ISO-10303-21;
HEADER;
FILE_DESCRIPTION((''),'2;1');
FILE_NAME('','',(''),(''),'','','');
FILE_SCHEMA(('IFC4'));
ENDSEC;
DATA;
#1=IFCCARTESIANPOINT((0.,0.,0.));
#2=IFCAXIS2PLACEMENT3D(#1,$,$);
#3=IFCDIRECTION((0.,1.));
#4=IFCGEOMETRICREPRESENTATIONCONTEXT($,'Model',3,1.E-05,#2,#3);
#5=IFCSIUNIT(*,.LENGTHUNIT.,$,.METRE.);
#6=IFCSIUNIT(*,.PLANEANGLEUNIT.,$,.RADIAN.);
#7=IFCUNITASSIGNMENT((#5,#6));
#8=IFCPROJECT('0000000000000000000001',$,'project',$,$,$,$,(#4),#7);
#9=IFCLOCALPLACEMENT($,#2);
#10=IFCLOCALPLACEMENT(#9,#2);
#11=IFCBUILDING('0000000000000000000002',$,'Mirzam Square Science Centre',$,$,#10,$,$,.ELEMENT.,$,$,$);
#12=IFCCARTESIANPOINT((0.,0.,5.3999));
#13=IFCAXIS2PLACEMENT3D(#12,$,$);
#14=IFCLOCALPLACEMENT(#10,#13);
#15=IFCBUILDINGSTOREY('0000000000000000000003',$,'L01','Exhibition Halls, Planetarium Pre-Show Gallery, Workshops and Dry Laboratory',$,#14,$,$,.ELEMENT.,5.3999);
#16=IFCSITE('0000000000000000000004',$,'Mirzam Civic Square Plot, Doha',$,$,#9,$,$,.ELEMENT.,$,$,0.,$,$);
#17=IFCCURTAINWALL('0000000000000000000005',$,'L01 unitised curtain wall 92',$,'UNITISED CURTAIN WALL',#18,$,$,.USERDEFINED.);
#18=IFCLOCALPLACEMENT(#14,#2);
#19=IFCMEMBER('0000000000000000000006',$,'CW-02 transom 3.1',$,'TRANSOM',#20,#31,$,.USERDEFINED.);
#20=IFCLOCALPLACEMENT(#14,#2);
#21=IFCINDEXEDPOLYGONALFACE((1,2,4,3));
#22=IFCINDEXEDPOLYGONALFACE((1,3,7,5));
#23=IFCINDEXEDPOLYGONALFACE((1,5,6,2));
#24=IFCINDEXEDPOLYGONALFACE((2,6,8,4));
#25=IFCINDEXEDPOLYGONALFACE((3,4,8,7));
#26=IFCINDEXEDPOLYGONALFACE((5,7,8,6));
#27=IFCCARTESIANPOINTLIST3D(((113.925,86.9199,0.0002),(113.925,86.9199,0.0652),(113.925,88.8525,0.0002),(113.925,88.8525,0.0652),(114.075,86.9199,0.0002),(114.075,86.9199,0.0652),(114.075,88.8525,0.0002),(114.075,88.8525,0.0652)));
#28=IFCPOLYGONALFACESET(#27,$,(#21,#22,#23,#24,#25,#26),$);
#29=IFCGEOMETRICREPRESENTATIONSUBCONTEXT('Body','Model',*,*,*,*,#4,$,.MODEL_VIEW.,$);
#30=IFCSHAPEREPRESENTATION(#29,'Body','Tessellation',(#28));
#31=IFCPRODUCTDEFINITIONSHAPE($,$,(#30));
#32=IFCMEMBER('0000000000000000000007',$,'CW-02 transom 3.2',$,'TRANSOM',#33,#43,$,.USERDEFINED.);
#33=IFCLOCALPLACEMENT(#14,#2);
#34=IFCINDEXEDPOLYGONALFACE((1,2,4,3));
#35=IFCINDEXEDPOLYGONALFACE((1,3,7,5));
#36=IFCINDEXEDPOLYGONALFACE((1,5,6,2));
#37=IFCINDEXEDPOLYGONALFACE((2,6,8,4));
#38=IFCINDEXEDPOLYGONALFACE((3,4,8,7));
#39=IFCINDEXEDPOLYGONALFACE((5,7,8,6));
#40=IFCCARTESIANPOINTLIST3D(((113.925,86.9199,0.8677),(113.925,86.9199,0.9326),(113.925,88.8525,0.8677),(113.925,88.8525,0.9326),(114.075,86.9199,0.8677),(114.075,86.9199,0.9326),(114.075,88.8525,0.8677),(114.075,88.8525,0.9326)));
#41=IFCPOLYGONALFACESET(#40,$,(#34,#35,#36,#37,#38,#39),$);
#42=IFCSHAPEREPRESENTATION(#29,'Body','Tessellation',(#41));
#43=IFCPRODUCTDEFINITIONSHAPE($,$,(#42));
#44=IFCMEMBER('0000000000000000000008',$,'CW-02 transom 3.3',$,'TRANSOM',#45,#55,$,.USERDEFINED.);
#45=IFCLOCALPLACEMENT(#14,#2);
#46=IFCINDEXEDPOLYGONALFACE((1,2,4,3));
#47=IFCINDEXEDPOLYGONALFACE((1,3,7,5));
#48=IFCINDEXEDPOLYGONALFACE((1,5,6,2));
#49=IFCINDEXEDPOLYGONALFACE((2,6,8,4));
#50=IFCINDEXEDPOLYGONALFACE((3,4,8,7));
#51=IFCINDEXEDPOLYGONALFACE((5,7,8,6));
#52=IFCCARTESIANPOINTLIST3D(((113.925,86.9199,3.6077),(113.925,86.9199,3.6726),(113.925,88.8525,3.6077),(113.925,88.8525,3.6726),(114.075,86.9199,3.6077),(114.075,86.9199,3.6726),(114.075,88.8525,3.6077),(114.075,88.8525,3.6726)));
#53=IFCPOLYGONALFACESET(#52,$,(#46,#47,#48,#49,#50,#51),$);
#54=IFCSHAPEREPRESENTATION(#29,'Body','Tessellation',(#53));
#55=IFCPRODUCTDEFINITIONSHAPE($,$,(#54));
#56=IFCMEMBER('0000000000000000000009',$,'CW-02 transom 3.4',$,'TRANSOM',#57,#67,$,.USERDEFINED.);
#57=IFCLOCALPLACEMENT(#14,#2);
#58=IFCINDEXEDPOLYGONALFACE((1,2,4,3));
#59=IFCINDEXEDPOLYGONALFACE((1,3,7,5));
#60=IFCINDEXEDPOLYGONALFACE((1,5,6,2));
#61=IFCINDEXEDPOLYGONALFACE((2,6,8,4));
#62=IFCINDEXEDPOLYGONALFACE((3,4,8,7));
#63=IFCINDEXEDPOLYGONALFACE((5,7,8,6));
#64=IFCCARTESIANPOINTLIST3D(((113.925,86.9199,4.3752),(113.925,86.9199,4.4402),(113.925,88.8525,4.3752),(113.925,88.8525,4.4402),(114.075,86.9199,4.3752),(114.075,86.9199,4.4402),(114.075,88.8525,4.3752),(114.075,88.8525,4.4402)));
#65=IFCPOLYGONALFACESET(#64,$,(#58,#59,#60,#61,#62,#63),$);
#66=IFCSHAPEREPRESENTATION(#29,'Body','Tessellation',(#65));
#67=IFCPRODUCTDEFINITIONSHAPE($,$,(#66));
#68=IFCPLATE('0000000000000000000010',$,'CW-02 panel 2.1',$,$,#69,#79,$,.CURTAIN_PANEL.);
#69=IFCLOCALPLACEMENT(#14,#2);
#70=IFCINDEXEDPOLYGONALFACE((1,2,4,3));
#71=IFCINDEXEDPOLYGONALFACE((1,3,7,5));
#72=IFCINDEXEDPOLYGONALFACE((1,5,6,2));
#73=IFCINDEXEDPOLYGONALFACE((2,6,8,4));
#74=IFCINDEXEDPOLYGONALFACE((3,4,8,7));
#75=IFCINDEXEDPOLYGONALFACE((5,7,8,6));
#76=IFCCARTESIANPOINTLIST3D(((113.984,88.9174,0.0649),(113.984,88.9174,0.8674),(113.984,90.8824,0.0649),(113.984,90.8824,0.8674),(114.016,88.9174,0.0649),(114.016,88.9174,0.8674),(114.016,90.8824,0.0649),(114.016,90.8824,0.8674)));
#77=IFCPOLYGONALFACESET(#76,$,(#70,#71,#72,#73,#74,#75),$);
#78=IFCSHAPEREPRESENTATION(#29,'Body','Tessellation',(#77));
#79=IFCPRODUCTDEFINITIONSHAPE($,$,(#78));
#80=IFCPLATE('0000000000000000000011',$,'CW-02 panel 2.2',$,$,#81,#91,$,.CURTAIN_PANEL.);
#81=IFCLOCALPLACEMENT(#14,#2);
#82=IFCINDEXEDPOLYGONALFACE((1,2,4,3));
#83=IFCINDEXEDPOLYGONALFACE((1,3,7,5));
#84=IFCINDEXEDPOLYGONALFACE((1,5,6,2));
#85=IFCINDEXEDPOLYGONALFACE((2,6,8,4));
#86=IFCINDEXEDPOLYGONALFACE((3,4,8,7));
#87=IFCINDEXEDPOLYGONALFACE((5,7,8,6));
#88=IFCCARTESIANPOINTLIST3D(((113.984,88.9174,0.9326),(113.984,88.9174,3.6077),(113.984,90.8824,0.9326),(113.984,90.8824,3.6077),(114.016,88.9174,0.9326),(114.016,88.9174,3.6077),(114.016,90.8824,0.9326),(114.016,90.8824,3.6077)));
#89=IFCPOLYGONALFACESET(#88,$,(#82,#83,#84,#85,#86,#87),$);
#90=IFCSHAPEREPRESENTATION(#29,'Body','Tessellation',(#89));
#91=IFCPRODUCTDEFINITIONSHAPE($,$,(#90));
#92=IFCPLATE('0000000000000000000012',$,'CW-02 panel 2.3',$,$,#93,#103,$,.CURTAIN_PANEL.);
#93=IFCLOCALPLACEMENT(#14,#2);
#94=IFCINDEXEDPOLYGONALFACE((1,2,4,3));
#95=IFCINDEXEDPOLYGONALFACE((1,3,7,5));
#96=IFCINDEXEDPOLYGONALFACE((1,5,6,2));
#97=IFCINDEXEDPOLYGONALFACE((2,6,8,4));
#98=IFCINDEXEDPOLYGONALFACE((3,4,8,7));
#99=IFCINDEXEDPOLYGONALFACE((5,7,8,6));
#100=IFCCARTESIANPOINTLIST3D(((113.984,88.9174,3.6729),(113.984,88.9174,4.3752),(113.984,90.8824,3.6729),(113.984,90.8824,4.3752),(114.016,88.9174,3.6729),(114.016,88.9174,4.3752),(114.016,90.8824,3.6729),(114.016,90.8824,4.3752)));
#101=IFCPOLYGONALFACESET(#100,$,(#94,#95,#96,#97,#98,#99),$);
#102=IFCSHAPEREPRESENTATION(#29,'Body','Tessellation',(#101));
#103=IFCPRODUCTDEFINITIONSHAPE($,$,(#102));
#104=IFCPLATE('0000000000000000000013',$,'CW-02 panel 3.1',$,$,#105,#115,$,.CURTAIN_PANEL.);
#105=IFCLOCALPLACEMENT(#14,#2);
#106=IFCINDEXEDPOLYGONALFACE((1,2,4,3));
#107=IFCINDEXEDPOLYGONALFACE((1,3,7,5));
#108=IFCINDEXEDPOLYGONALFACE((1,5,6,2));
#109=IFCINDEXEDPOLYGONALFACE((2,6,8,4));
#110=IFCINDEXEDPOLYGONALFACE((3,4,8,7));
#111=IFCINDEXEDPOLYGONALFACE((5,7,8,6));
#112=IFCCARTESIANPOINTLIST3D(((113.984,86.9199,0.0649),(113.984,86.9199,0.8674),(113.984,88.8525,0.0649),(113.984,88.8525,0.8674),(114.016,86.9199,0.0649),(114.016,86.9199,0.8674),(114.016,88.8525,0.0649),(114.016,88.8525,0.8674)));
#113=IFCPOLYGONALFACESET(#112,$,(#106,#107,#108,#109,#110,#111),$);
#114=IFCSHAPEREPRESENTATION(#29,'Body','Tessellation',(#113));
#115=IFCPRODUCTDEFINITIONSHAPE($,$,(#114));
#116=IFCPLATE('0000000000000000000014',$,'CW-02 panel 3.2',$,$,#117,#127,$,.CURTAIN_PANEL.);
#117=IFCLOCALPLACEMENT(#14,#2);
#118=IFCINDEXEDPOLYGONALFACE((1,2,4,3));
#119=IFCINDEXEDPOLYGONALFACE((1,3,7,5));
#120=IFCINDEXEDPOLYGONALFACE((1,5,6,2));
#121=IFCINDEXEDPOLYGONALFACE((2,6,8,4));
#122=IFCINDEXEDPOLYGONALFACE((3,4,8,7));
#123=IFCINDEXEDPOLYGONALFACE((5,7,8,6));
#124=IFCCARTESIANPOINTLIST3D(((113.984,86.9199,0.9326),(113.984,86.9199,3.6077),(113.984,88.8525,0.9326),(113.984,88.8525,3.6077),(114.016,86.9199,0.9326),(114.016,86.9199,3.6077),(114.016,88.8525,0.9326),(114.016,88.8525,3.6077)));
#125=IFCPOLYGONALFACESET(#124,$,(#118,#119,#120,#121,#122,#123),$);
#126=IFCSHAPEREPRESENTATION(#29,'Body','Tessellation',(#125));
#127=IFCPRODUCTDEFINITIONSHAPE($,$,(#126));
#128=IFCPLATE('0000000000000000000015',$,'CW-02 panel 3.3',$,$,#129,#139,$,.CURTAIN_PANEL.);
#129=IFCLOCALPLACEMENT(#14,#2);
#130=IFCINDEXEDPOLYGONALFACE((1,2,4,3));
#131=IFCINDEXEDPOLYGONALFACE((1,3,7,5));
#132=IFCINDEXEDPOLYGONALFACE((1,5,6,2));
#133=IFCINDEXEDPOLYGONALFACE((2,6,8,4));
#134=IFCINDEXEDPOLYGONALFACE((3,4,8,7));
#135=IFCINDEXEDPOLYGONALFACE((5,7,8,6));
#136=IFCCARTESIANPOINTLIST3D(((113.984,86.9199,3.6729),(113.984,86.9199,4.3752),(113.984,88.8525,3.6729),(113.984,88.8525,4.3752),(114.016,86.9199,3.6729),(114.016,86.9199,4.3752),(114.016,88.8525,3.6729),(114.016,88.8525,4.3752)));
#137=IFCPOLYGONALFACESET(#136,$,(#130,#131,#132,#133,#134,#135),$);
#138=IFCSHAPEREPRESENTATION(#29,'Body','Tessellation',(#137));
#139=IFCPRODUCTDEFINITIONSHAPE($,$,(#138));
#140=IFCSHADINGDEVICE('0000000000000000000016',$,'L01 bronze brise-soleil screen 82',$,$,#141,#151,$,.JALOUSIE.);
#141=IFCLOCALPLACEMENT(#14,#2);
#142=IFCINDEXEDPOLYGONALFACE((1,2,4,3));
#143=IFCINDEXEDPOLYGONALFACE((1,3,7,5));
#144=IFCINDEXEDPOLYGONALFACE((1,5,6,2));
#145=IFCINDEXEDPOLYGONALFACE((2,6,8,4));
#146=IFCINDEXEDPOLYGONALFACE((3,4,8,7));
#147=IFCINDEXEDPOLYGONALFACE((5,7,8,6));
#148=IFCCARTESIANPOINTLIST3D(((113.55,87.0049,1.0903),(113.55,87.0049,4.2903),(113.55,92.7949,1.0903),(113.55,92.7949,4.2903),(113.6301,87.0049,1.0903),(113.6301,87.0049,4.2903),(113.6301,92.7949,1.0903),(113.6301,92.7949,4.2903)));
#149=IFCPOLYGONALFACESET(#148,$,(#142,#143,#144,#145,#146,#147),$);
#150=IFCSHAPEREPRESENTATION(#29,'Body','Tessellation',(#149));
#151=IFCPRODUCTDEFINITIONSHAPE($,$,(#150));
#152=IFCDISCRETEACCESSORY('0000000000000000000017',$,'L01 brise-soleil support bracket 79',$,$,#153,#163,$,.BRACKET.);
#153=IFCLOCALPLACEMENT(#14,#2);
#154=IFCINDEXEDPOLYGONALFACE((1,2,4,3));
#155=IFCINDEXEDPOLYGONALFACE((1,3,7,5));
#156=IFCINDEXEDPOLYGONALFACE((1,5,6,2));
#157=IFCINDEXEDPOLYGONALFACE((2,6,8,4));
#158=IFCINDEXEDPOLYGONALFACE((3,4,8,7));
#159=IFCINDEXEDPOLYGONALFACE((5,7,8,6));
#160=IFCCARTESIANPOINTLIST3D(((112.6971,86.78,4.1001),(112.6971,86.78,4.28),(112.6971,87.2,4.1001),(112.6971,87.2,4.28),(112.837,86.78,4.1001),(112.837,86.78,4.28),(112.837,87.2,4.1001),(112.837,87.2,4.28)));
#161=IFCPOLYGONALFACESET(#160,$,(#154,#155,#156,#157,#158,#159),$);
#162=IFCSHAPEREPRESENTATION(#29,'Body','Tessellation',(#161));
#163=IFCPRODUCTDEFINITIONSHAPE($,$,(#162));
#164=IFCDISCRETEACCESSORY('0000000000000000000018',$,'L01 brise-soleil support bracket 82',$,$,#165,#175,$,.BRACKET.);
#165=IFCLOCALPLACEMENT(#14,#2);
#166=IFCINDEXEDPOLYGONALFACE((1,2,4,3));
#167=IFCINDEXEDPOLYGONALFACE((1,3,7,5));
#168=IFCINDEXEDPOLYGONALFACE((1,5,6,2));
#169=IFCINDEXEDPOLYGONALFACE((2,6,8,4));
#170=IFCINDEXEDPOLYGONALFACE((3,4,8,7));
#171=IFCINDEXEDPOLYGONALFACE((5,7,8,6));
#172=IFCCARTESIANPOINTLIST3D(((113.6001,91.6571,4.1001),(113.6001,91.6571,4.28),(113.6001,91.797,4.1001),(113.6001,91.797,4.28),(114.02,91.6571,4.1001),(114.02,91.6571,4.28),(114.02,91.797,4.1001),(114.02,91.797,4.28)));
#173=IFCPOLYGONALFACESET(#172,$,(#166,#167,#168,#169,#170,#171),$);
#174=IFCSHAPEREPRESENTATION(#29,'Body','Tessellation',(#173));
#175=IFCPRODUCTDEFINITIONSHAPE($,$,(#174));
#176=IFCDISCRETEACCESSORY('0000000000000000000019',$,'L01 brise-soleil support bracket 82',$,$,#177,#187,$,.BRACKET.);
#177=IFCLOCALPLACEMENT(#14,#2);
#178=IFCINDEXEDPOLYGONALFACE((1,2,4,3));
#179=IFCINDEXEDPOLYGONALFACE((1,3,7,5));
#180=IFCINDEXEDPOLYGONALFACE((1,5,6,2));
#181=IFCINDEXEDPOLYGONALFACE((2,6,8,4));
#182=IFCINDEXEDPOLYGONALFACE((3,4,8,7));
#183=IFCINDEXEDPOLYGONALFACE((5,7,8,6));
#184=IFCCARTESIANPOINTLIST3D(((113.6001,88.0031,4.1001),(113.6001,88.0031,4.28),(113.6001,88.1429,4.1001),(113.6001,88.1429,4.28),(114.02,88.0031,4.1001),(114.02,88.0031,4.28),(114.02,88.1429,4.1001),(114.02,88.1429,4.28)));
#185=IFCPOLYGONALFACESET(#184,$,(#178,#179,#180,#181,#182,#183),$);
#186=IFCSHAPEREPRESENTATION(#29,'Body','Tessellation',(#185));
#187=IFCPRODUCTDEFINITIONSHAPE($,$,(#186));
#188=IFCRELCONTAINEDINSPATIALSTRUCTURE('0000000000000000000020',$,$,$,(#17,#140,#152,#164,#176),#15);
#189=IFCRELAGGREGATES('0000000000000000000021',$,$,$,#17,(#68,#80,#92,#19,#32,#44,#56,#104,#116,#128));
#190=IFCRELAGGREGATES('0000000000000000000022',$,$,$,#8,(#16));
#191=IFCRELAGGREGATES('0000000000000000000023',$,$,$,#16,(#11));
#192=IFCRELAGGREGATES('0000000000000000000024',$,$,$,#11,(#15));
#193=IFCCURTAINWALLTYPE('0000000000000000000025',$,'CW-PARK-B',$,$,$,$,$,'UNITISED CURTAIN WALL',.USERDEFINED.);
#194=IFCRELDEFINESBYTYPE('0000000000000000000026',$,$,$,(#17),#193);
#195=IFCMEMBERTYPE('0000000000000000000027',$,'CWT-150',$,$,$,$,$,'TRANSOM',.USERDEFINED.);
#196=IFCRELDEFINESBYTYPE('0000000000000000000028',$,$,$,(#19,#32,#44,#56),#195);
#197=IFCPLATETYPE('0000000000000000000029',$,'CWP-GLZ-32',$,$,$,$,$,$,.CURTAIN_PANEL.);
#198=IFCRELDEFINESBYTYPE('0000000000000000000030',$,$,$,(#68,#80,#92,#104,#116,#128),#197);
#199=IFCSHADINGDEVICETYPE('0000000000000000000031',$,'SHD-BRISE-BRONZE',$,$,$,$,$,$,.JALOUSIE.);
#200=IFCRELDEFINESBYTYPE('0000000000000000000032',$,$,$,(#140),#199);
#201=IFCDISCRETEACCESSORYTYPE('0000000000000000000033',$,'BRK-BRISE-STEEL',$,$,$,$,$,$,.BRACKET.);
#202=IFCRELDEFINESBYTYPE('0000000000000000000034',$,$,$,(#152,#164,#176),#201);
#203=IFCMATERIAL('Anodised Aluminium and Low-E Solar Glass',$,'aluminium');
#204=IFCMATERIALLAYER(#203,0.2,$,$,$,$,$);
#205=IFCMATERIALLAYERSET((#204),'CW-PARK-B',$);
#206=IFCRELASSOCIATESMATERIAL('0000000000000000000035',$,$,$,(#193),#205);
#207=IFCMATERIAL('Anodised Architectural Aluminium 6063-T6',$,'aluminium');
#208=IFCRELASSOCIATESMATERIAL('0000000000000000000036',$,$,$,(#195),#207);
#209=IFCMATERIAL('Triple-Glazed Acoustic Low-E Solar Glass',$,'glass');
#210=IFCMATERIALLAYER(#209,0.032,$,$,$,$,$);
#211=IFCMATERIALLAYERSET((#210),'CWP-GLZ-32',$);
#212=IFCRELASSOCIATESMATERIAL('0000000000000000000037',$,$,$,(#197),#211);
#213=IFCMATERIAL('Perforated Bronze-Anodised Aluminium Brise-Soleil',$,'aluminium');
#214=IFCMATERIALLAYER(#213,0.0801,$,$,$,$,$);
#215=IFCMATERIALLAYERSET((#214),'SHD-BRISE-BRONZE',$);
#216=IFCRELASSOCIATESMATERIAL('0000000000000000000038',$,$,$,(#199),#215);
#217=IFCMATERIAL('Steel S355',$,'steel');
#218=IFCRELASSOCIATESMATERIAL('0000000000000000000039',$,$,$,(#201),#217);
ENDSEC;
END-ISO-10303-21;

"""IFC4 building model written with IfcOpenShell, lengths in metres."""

from ifc_helpers import new_model, si_unit, direction, frame, origin, origin_2d, place, context, subcontext, project, spatial, rectangle, extrude, material, layer, layer_set, material_profile, profile_set, type_object, element, aggregate, save


model = new_model("IFC4")

# Units and contexts
model_context = context("Model", 3, precision=1e-05, world=origin(), true_north=direction((0.0, 1.0)))
body_context = subcontext(model_context, "Body", "Model", "MODEL_VIEW")
ifc_project = project(units=[si_unit("LENGTHUNIT", "METRE"), si_unit("PLANEANGLEUNIT", "RADIAN")], contexts=[model_context])

# Site, building, storey
site_placement = place(None, origin())
site = spatial("IfcSite", under=ifc_project, at=site_placement, Name="Mirzam Civic Square Plot, Doha", CompositionType="ELEMENT", RefElevation=0.0)
building_placement = place(site_placement, origin())
building = spatial("IfcBuilding", under=site, at=building_placement, Name="Mirzam Square Science Centre", CompositionType="ELEMENT")
storey_placement = place(building_placement, frame((0.0, 0.0, 5.3999)))
storey = spatial("IfcBuildingStorey", under=building, at=storey_placement, Name="L01", Description="Exhibition Halls, Planetarium Pre-Show Gallery, Workshops and Dry Laboratory", CompositionType="ELEMENT", Elevation=5.3999)

# Shared definitions
ifc_material_1 = material(Name="Steel S355", Category="steel")

# Curtain wall, members, plates
ifc_material_2 = material(Name="Anodised Aluminium and Low-E Solar Glass", Category="aluminium")
ifc_layer_1 = layer(ifc_material_2, 0.2)
ifc_layer_set_1 = layer_set([ifc_layer_1], Name="CW-PARK-B")
curtain_wall_type = type_object("IfcCurtainWallType", Name="CW-PARK-B", ElementType="UNITISED CURTAIN WALL", PredefinedType="USERDEFINED", material=ifc_layer_set_1)
curtain_wall_placement = place(storey_placement, origin())
curtain_wall = element("IfcCurtainWall", 1, at=curtain_wall_placement, inside=storey, type_object=curtain_wall_type, Name="L01 unitised curtain wall 92", ObjectType="UNITISED CURTAIN WALL", PredefinedType="USERDEFINED")
ifc_material_3 = material(Name="Anodised Architectural Aluminium 6063-T6", Category="aluminium")
ifc_material_profile_1 = material_profile(ifc_material_3, rectangle(XDim=0.1499, YDim=0.0649, at=origin_2d()), Name="ALU-TRAN-150x65x4")
ifc_profile_set_1 = profile_set([ifc_material_profile_1], Name="Anodised Architectural Aluminium 6063-T6")
member_type_1 = type_object("IfcMemberType", Name="CWT-150", ElementType="TRANSOM", PredefinedType="USERDEFINED", material=ifc_profile_set_1)
member_1_placement = place(storey_placement, frame((114.0, 88.8525, 0.0327), z_axis=(0.0, -1.0, 0.0), x_axis=(1.0, 0.0, 0.0)))
member_1 = element("IfcMember", 2, at=member_1_placement, type_object=member_type_1, Name="CW-02 transom 3.1", ObjectType="TRANSOM", PredefinedType="USERDEFINED", context=body_context, shape_type="SweptSolid", body=[
    extrude(rectangle(XDim=0.1499, YDim=0.0649, at=origin_2d()), origin(), (0.0, 0.0, 1.0), 1.9326),
])
member_2_placement = place(storey_placement, frame((114.0, 88.8525, 0.9001), z_axis=(0.0, -1.0, 0.0), x_axis=(1.0, 0.0, 0.0)))
member_2 = element("IfcMember", 3, at=member_2_placement, type_object=member_type_1, Name="CW-02 transom 3.2", ObjectType="TRANSOM", PredefinedType="USERDEFINED", context=body_context, shape_type="SweptSolid", body=[
    extrude(rectangle(XDim=0.1499, YDim=0.0649, at=origin_2d()), origin(), (0.0, 0.0, 1.0), 1.9326),
])
member_3_placement = place(storey_placement, frame((114.0, 88.8525, 3.6401), z_axis=(0.0, -1.0, 0.0), x_axis=(1.0, 0.0, 0.0)))
member_3 = element("IfcMember", 4, at=member_3_placement, type_object=member_type_1, Name="CW-02 transom 3.3", ObjectType="TRANSOM", PredefinedType="USERDEFINED", context=body_context, shape_type="SweptSolid", body=[
    extrude(rectangle(XDim=0.1499, YDim=0.0649, at=origin_2d()), origin(), (0.0, 0.0, 1.0), 1.9326),
])
member_4_placement = place(storey_placement, frame((114.0, 88.8525, 4.4077), z_axis=(0.0, -1.0, 0.0), x_axis=(1.0, 0.0, 0.0)))
member_4 = element("IfcMember", 5, at=member_4_placement, type_object=member_type_1, Name="CW-02 transom 3.4", ObjectType="TRANSOM", PredefinedType="USERDEFINED", context=body_context, shape_type="SweptSolid", body=[
    extrude(rectangle(XDim=0.1499, YDim=0.0649, at=origin_2d()), origin(), (0.0, 0.0, 1.0), 1.9326),
])
ifc_material_4 = material(Name="Triple-Glazed Acoustic Low-E Solar Glass", Category="glass")
ifc_layer_2 = layer(ifc_material_4, 0.032)
ifc_layer_set_2 = layer_set([ifc_layer_2], Name="CWP-GLZ-32")
plate_type = type_object("IfcPlateType", Name="CWP-GLZ-32", PredefinedType="CURTAIN_PANEL", material=ifc_layer_set_2)
plate_1_placement = place(storey_placement, frame((114.0, 89.8999, 0.0649), z_axis=(0.0, 0.0, 1.0), x_axis=(0.0, -1.0, 0.0)))
plate_1 = element("IfcPlate", 6, at=plate_1_placement, type_object=plate_type, Name="CW-02 panel 2.1", PredefinedType="CURTAIN_PANEL", context=body_context, shape_type="SweptSolid", body=[
    extrude(rectangle(XDim=1.9651, YDim=0.032, at=origin_2d()), origin(), (0.0, 0.0, 1.0), 0.8025),
])
plate_2_placement = place(storey_placement, frame((114.0, 89.8999, 0.9326), z_axis=(0.0, 0.0, 1.0), x_axis=(0.0, -1.0, 0.0)))
plate_2 = element("IfcPlate", 7, at=plate_2_placement, type_object=plate_type, Name="CW-02 panel 2.2", PredefinedType="CURTAIN_PANEL", context=body_context, shape_type="SweptSolid", body=[
    extrude(rectangle(XDim=1.9651, YDim=0.032, at=origin_2d()), origin(), (0.0, 0.0, 1.0), 2.675),
])
plate_3_placement = place(storey_placement, frame((114.0, 89.8999, 3.6729), z_axis=(0.0, 0.0, 1.0), x_axis=(0.0, -1.0, 0.0)))
plate_3 = element("IfcPlate", 8, at=plate_3_placement, type_object=plate_type, Name="CW-02 panel 2.3", PredefinedType="CURTAIN_PANEL", context=body_context, shape_type="SweptSolid", body=[
    extrude(rectangle(XDim=1.9651, YDim=0.032, at=origin_2d()), origin(), (0.0, 0.0, 1.0), 0.7024),
])
plate_4_placement = place(storey_placement, frame((114.0, 87.8862, 0.0649), z_axis=(0.0, 0.0, 1.0), x_axis=(0.0, -1.0, 0.0)))
plate_4 = element("IfcPlate", 9, at=plate_4_placement, type_object=plate_type, Name="CW-02 panel 3.1", PredefinedType="CURTAIN_PANEL", context=body_context, shape_type="SweptSolid", body=[
    extrude(rectangle(XDim=1.9326, YDim=0.032, at=origin_2d()), origin(), (0.0, 0.0, 1.0), 0.8025),
])
plate_5_placement = place(storey_placement, frame((114.0, 87.8862, 0.9326), z_axis=(0.0, 0.0, 1.0), x_axis=(0.0, -1.0, 0.0)))
plate_5 = element("IfcPlate", 10, at=plate_5_placement, type_object=plate_type, Name="CW-02 panel 3.2", PredefinedType="CURTAIN_PANEL", context=body_context, shape_type="SweptSolid", body=[
    extrude(rectangle(XDim=1.9326, YDim=0.032, at=origin_2d()), origin(), (0.0, 0.0, 1.0), 2.675),
])
plate_6_placement = place(storey_placement, frame((114.0, 87.8862, 3.6729), z_axis=(0.0, 0.0, 1.0), x_axis=(0.0, -1.0, 0.0)))
plate_6 = element("IfcPlate", 11, at=plate_6_placement, type_object=plate_type, Name="CW-02 panel 3.3", PredefinedType="CURTAIN_PANEL", context=body_context, shape_type="SweptSolid", body=[
    extrude(rectangle(XDim=1.9326, YDim=0.032, at=origin_2d()), origin(), (0.0, 0.0, 1.0), 0.7024),
])
aggregate(curtain_wall, [plate_1, plate_2, plate_3, member_1, member_2, member_3, member_4, plate_4, plate_5, plate_6])

# Shading device
ifc_material_5 = material(Name="Perforated Bronze-Anodised Aluminium Brise-Soleil", Category="aluminium")
ifc_layer_3 = layer(ifc_material_5, 0.0801)
ifc_layer_set_3 = layer_set([ifc_layer_3], Name="SHD-BRISE-BRONZE")
shading_device_type = type_object("IfcShadingDeviceType", Name="SHD-BRISE-BRONZE", PredefinedType="JALOUSIE", material=ifc_layer_set_3)
shading_device_placement = place(storey_placement, frame((113.5901, 89.8999, 1.0903), z_axis=(0.0, 0.0, 1.0), x_axis=(0.0, -1.0, 0.0)))
element("IfcShadingDevice", 12, at=shading_device_placement, inside=storey, type_object=shading_device_type, Name="L01 bronze brise-soleil screen 82", PredefinedType="JALOUSIE", context=body_context, shape_type="SweptSolid", body=[
    extrude(rectangle(XDim=5.79, YDim=0.0801, at=origin_2d()), origin(), (0.0, 0.0, 1.0), 3.2),
])

# Discrete accessories
discrete_accessory_type = type_object("IfcDiscreteAccessoryType", Name="BRK-BRISE-STEEL", PredefinedType="BRACKET", material=ifc_material_1)
for number, where, z_axis, x_axis, name in (
    (13, (112.7671, 86.99, 4.1001), (0.0, 0.0, 1.0), (-1.0, 0.0, 0.0), "L01 brise-soleil support bracket 79"),
    (14, (113.8101, 91.7271, 4.1001), (0.0, 0.0, 1.0), (0.0, -1.0, 0.0), "L01 brise-soleil support bracket 82"),
    (15, (113.8101, 88.073, 4.1001), (0.0, 0.0, 1.0), (0.0, -1.0, 0.0), "L01 brise-soleil support bracket 82"),
):
    element("IfcDiscreteAccessory", number, at=place(storey_placement, frame(where, z_axis=z_axis, x_axis=x_axis)), inside=storey, type_object=discrete_accessory_type, Name=name, PredefinedType="BRACKET", context=body_context, shape_type="SweptSolid", body=[
        extrude(rectangle(XDim=0.1399, YDim=0.4199, at=origin_2d()), origin(), (0.0, 0.0, 1.0), 0.1799),
    ])

save(model, "model.ifc")
